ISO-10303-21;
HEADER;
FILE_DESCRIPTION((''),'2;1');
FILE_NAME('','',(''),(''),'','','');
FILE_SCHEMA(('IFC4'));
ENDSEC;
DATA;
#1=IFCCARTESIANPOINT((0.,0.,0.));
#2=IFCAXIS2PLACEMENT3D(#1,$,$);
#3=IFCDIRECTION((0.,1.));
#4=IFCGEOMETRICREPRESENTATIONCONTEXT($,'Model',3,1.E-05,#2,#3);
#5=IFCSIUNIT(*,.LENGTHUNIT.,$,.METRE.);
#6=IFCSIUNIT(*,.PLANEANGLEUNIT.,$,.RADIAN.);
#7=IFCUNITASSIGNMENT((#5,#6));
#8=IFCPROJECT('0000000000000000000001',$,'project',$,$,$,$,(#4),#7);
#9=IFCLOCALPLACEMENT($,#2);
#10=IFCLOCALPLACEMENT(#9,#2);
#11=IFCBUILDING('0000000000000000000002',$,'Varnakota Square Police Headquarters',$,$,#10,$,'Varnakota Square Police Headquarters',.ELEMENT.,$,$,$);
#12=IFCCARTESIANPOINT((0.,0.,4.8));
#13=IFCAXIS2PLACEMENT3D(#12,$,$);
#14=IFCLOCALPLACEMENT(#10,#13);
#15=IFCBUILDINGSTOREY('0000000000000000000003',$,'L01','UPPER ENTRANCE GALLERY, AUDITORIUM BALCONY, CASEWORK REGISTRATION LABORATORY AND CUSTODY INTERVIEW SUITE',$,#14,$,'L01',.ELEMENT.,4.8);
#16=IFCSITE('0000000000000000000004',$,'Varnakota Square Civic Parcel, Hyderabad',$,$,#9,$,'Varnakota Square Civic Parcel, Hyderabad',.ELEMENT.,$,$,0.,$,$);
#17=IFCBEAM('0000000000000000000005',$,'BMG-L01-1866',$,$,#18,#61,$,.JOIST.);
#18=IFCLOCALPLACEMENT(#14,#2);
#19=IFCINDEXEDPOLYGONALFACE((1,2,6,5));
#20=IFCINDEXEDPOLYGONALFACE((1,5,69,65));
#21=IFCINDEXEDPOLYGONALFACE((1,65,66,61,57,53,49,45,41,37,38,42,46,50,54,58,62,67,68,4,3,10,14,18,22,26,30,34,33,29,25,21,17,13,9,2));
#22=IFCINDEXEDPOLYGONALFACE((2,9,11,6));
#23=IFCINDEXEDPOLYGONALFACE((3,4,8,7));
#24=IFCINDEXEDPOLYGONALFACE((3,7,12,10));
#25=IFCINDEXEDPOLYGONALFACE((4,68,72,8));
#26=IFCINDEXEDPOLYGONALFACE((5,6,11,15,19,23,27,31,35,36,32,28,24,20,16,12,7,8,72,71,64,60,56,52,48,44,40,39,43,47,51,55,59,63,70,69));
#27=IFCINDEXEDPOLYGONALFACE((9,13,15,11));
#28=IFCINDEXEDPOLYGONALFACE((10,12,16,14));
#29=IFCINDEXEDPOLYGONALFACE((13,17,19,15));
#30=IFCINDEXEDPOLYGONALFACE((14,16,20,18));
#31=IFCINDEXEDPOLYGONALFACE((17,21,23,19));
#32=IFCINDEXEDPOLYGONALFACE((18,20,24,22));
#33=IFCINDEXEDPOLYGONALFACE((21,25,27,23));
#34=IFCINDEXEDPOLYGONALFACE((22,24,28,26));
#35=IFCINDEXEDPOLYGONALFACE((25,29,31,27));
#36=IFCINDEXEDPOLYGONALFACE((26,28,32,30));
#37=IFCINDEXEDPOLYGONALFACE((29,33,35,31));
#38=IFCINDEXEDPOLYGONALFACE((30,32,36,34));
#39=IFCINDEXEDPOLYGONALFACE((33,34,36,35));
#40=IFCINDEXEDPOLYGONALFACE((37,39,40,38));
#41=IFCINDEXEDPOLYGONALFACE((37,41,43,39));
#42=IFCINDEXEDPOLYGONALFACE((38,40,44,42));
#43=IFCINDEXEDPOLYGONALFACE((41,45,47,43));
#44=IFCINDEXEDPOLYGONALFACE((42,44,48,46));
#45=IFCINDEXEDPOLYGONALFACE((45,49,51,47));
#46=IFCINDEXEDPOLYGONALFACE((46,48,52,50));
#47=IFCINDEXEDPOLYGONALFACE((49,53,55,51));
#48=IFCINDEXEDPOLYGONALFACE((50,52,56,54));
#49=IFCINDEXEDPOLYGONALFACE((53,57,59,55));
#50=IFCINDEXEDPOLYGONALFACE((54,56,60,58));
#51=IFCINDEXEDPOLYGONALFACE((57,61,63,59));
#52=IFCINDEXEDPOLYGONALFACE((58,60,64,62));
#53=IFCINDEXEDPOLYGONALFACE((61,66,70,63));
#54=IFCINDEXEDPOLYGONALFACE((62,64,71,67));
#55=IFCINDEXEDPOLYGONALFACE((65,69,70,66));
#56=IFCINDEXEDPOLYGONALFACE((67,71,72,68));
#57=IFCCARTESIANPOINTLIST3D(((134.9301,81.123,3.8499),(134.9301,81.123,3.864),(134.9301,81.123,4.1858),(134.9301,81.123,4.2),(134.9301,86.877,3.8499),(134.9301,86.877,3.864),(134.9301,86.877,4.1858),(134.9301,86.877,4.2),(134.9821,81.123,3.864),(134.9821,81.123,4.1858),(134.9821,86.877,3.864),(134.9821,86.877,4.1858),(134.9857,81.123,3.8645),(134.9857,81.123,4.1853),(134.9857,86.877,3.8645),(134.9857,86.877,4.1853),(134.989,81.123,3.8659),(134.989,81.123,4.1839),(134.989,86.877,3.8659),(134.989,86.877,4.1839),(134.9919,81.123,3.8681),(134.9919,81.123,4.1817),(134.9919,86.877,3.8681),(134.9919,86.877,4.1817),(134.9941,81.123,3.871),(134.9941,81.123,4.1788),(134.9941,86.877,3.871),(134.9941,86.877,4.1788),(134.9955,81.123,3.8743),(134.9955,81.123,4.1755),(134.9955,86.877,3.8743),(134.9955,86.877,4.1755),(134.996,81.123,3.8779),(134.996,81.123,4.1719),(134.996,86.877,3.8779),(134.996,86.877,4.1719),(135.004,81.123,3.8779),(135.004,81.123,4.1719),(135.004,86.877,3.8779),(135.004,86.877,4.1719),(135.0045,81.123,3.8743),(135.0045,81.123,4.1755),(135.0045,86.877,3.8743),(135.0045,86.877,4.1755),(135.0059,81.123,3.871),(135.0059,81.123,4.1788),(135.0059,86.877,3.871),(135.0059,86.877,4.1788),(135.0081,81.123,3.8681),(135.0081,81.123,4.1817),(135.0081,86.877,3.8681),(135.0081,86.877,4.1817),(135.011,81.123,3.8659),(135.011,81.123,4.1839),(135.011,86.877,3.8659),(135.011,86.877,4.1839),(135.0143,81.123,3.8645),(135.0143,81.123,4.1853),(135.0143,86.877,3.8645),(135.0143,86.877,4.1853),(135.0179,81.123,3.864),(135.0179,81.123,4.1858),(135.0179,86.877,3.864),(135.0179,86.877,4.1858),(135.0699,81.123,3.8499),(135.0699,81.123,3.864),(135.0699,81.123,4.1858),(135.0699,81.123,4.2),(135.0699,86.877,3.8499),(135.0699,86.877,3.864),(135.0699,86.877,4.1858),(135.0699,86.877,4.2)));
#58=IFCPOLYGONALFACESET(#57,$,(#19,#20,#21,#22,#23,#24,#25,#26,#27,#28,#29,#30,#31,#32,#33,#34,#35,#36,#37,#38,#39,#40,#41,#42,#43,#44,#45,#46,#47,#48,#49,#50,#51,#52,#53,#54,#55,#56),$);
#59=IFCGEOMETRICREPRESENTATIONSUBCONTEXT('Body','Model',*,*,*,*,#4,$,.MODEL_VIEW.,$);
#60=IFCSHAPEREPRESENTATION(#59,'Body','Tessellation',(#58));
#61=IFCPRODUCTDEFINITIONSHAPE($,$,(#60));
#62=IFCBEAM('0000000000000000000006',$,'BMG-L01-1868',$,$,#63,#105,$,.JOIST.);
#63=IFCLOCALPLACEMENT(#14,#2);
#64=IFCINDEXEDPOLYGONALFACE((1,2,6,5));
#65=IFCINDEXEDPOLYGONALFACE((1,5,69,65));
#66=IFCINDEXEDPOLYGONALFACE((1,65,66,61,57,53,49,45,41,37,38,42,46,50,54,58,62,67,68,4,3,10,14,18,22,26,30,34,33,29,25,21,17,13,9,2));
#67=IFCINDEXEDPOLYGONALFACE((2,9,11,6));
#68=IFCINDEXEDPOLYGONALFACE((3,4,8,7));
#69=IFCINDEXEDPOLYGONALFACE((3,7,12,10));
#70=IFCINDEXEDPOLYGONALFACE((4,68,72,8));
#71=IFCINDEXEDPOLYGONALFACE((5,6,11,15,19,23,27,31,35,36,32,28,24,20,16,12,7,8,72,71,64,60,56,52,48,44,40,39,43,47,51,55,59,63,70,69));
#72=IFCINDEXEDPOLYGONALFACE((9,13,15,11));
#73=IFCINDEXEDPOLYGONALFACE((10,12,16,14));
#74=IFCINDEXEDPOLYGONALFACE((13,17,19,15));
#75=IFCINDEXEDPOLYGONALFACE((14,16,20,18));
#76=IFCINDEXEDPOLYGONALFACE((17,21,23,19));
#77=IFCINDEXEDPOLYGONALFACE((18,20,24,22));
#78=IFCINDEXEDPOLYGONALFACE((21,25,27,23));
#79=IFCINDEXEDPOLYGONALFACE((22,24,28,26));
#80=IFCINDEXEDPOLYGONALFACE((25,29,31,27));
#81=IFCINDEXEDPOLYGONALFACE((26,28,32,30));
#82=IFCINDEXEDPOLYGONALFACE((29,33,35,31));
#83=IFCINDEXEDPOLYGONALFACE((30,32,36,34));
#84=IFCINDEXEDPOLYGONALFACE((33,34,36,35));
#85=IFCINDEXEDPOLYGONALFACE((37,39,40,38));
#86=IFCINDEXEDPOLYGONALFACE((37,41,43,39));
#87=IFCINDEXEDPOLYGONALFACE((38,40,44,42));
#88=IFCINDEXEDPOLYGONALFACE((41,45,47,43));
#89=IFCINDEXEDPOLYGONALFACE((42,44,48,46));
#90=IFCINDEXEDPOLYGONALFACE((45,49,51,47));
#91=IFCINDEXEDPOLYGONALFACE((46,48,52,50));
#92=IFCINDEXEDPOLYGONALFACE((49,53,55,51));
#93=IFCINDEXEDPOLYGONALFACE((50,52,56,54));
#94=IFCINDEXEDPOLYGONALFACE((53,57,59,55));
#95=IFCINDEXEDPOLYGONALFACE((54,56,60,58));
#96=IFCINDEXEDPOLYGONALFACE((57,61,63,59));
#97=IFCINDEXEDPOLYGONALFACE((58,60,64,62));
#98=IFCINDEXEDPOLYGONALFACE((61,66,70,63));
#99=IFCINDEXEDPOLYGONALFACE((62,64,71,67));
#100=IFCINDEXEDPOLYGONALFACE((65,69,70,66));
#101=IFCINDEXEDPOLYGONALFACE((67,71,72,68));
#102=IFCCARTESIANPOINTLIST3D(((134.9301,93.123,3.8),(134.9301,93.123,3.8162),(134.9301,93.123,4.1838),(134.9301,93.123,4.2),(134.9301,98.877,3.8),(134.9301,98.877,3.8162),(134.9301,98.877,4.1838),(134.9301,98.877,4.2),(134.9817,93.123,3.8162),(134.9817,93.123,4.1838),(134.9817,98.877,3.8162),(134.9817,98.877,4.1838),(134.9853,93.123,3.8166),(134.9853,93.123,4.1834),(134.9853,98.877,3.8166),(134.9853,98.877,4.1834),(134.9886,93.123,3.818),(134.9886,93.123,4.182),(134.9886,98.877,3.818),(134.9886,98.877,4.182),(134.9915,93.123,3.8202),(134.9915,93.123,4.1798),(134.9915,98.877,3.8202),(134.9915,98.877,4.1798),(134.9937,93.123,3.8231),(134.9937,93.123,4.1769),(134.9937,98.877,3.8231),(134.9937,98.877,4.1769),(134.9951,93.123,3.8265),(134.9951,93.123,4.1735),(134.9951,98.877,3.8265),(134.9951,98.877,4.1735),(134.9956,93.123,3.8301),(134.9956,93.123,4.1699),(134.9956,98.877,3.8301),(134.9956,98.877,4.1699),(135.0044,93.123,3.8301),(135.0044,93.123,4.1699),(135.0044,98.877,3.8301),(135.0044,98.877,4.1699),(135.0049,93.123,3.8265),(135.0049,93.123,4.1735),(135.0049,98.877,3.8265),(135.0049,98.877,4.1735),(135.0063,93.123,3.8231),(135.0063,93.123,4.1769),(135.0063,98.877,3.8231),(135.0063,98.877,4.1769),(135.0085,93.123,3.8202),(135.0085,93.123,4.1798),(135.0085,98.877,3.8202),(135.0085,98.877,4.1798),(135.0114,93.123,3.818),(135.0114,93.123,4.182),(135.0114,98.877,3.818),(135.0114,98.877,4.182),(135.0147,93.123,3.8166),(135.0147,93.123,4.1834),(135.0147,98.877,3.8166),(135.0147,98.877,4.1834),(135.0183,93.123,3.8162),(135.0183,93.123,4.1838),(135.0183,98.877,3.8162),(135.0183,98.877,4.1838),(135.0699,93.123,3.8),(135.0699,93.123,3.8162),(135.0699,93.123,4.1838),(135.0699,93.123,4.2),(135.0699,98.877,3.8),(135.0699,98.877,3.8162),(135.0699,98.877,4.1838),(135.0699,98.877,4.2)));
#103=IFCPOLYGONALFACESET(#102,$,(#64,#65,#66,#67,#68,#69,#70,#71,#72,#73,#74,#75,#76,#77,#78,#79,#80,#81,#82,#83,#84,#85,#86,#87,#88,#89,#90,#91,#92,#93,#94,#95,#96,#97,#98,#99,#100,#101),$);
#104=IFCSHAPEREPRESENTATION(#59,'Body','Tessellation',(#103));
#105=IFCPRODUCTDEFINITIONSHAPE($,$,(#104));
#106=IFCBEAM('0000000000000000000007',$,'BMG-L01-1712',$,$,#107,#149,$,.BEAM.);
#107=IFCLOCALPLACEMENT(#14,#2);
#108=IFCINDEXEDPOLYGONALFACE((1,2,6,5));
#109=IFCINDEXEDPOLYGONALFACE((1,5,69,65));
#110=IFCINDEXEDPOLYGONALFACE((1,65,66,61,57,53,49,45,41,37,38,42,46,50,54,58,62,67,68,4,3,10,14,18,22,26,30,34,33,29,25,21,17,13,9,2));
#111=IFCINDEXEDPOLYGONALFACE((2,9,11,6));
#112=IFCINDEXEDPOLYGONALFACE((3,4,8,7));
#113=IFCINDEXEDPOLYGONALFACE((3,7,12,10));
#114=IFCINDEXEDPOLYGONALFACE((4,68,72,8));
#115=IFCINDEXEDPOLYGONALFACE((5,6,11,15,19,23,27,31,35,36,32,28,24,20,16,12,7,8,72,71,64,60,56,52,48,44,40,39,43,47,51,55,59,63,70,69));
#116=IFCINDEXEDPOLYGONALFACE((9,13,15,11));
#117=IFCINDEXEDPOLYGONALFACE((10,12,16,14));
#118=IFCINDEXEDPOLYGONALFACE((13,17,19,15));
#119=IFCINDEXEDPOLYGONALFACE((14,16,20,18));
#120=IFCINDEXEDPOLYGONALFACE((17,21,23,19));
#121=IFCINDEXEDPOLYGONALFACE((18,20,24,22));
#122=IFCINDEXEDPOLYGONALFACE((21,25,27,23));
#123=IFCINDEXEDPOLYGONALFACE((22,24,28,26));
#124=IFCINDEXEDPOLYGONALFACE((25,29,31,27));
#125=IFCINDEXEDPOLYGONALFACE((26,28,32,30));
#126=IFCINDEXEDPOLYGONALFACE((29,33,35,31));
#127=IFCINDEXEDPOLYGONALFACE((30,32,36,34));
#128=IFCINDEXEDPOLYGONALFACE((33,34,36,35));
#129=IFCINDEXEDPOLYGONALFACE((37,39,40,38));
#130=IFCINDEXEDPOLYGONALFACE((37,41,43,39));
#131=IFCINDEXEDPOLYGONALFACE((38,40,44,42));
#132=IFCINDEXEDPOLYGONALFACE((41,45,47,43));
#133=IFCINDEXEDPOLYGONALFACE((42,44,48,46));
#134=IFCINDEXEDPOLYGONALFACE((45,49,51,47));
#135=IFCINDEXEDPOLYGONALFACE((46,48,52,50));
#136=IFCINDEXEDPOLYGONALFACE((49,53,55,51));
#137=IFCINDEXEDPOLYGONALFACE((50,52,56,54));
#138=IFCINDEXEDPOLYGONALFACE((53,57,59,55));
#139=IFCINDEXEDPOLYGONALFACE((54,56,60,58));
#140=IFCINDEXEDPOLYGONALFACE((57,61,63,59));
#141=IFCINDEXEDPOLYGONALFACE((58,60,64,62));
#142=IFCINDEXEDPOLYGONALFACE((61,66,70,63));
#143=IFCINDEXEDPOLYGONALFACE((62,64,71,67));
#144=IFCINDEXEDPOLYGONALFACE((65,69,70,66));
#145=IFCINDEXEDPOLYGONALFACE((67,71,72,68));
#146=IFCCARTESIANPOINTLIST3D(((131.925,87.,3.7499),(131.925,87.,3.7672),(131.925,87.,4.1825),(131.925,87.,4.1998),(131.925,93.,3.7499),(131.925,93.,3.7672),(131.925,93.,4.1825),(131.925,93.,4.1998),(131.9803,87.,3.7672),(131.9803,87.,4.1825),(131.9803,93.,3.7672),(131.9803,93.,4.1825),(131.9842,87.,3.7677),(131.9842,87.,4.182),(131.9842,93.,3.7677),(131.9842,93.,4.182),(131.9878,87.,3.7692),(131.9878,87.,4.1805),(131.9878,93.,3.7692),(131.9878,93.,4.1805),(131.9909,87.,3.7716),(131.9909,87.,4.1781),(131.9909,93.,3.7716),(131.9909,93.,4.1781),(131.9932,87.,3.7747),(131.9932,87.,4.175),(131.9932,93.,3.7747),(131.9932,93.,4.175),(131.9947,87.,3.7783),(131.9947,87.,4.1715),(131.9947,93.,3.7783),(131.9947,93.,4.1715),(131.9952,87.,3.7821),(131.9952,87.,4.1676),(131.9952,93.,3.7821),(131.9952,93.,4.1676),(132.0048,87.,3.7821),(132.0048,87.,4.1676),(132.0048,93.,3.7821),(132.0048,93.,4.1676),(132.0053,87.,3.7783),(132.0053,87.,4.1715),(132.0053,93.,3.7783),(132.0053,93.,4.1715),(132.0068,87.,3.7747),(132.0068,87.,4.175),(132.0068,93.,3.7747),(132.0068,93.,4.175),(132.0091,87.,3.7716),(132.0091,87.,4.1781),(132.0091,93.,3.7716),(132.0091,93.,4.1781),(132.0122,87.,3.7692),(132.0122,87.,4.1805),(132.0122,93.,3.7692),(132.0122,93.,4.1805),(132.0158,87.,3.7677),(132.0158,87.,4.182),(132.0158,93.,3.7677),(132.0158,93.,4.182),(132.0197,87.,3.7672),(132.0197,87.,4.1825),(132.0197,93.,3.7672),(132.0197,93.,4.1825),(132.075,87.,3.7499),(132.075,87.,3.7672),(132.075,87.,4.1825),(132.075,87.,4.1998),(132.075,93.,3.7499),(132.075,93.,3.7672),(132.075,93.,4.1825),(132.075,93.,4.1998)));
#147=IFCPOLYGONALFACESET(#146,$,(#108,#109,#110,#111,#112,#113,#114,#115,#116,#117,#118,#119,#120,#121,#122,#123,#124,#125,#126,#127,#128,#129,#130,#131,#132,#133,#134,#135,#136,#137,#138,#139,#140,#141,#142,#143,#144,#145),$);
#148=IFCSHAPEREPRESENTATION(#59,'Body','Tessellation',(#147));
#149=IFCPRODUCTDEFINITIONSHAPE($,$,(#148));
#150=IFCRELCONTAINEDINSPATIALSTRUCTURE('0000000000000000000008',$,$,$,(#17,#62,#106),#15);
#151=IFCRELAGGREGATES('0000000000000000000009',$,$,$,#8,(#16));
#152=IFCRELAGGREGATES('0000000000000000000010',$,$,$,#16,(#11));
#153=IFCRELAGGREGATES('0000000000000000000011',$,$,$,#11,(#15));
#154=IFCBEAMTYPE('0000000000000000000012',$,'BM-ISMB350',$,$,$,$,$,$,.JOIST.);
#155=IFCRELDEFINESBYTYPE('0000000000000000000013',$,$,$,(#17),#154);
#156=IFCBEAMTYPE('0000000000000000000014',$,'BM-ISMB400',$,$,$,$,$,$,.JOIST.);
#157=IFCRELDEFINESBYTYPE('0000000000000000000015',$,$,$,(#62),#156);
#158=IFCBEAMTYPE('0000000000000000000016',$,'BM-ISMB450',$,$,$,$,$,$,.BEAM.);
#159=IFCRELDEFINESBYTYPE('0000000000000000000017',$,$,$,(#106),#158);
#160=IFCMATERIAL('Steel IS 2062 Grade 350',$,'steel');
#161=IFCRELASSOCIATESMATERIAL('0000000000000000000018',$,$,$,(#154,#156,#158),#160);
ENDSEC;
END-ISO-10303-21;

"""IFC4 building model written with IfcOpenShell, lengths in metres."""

from ifc_helpers import new_model, si_unit, direction, frame, origin, origin_2d, place, context, subcontext, project, spatial, i_section, extrude, material, material_profile, profile_set, type_object, element, save


model = new_model("IFC4")

# Units and contexts
model_context = context("Model", 3, precision=1e-05, world=origin(), true_north=direction((0.0, 1.0)))
body_context = subcontext(model_context, "Body", "Model", "MODEL_VIEW")
ifc_project = project(units=[si_unit("LENGTHUNIT", "METRE"), si_unit("PLANEANGLEUNIT", "RADIAN")], contexts=[model_context])

# Site, building, storey
site_placement = place(None, origin())
site = spatial("IfcSite", under=ifc_project, at=site_placement, Name="Varnakota Square Civic Parcel, Hyderabad", LongName="Varnakota Square Civic Parcel, Hyderabad", CompositionType="ELEMENT", RefElevation=0.0)
building_placement = place(site_placement, origin())
building = spatial("IfcBuilding", under=site, at=building_placement, Name="Varnakota Square Police Headquarters", LongName="Varnakota Square Police Headquarters", CompositionType="ELEMENT")
storey_placement = place(building_placement, frame((0.0, 0.0, 4.8)))
storey = spatial("IfcBuildingStorey", under=building, at=storey_placement, Name="L01", Description="UPPER ENTRANCE GALLERY, AUDITORIUM BALCONY, CASEWORK REGISTRATION LABORATORY AND CUSTODY INTERVIEW SUITE", LongName="L01", CompositionType="ELEMENT", Elevation=4.8)

# Shared definitions
ifc_material_1 = material(Name="Steel IS 2062 Grade 350", Category="steel")

# Beams
ifc_material_profile_1 = material_profile(ifc_material_1, i_section(OverallWidth=0.1399, OverallDepth=0.3501, WebThickness=0.0081, FlangeThickness=0.0142, FilletRadius=0.0139, at=origin_2d()), Name="ISMB 350")
ifc_profile_set_1 = profile_set([ifc_material_profile_1], Name="Steel IS 2062 Grade 350")
beam_type_1 = type_object("IfcBeamType", Name="BM-ISMB350", PredefinedType="JOIST", material=ifc_profile_set_1)
beam_1_placement = place(storey_placement, frame((135.0, 81.123, 4.0249), z_axis=(0.0, 1.0, 0.0), x_axis=(-1.0, 0.0, 0.0)))
element("IfcBeam", 1, at=beam_1_placement, inside=storey, type_object=beam_type_1, Name="BMG-L01-1866", PredefinedType="JOIST", context=body_context, shape_type="SweptSolid", body=[
    extrude(i_section(OverallWidth=0.1399, OverallDepth=0.3501, WebThickness=0.0081, FlangeThickness=0.0142, FilletRadius=0.0139, at=origin_2d()), origin(), (0.0, 0.0, 1.0), 5.7539),
])
ifc_material_profile_2 = material_profile(ifc_material_1, i_section(OverallWidth=0.1399, OverallDepth=0.3999, WebThickness=0.0088, FlangeThickness=0.0161, FilletRadius=0.0139, at=origin_2d()), Name="ISMB 400")
ifc_profile_set_2 = profile_set([ifc_material_profile_2], Name="Steel IS 2062 Grade 350")
beam_type_2 = type_object("IfcBeamType", Name="BM-ISMB400", PredefinedType="JOIST", material=ifc_profile_set_2)
beam_2_placement = place(storey_placement, frame((135.0, 93.123, 4.0), z_axis=(0.0, 1.0, 0.0), x_axis=(-1.0, 0.0, 0.0)))
element("IfcBeam", 2, at=beam_2_placement, inside=storey, type_object=beam_type_2, Name="BMG-L01-1868", PredefinedType="JOIST", context=body_context, shape_type="SweptSolid", body=[
    extrude(i_section(OverallWidth=0.1399, OverallDepth=0.3999, WebThickness=0.0088, FlangeThickness=0.0161, FilletRadius=0.0139, at=origin_2d()), origin(), (0.0, 0.0, 1.0), 5.7539),
])
ifc_material_profile_3 = material_profile(ifc_material_1, i_section(OverallWidth=0.1499, OverallDepth=0.45, WebThickness=0.0095, FlangeThickness=0.0173, FilletRadius=0.0149, at=origin_2d()), Name="ISMB 450")
ifc_profile_set_3 = profile_set([ifc_material_profile_3], Name="Steel IS 2062 Grade 350")
beam_type_3 = type_object("IfcBeamType", Name="BM-ISMB450", PredefinedType="BEAM", material=ifc_profile_set_3)
beam_3_placement = place(storey_placement, frame((132.0, 87.0, 3.9749), z_axis=(0.0, 1.0, 0.0), x_axis=(-1.0, 0.0, 0.0)))
element("IfcBeam", 3, at=beam_3_placement, inside=storey, type_object=beam_type_3, Name="BMG-L01-1712", PredefinedType="BEAM", context=body_context, shape_type="SweptSolid", body=[
    extrude(i_section(OverallWidth=0.1499, OverallDepth=0.45, WebThickness=0.0095, FlangeThickness=0.0173, FilletRadius=0.0149, at=origin_2d()), origin(), (0.0, 0.0, 1.0), 6.0),
])

save(model, "model.ifc")
